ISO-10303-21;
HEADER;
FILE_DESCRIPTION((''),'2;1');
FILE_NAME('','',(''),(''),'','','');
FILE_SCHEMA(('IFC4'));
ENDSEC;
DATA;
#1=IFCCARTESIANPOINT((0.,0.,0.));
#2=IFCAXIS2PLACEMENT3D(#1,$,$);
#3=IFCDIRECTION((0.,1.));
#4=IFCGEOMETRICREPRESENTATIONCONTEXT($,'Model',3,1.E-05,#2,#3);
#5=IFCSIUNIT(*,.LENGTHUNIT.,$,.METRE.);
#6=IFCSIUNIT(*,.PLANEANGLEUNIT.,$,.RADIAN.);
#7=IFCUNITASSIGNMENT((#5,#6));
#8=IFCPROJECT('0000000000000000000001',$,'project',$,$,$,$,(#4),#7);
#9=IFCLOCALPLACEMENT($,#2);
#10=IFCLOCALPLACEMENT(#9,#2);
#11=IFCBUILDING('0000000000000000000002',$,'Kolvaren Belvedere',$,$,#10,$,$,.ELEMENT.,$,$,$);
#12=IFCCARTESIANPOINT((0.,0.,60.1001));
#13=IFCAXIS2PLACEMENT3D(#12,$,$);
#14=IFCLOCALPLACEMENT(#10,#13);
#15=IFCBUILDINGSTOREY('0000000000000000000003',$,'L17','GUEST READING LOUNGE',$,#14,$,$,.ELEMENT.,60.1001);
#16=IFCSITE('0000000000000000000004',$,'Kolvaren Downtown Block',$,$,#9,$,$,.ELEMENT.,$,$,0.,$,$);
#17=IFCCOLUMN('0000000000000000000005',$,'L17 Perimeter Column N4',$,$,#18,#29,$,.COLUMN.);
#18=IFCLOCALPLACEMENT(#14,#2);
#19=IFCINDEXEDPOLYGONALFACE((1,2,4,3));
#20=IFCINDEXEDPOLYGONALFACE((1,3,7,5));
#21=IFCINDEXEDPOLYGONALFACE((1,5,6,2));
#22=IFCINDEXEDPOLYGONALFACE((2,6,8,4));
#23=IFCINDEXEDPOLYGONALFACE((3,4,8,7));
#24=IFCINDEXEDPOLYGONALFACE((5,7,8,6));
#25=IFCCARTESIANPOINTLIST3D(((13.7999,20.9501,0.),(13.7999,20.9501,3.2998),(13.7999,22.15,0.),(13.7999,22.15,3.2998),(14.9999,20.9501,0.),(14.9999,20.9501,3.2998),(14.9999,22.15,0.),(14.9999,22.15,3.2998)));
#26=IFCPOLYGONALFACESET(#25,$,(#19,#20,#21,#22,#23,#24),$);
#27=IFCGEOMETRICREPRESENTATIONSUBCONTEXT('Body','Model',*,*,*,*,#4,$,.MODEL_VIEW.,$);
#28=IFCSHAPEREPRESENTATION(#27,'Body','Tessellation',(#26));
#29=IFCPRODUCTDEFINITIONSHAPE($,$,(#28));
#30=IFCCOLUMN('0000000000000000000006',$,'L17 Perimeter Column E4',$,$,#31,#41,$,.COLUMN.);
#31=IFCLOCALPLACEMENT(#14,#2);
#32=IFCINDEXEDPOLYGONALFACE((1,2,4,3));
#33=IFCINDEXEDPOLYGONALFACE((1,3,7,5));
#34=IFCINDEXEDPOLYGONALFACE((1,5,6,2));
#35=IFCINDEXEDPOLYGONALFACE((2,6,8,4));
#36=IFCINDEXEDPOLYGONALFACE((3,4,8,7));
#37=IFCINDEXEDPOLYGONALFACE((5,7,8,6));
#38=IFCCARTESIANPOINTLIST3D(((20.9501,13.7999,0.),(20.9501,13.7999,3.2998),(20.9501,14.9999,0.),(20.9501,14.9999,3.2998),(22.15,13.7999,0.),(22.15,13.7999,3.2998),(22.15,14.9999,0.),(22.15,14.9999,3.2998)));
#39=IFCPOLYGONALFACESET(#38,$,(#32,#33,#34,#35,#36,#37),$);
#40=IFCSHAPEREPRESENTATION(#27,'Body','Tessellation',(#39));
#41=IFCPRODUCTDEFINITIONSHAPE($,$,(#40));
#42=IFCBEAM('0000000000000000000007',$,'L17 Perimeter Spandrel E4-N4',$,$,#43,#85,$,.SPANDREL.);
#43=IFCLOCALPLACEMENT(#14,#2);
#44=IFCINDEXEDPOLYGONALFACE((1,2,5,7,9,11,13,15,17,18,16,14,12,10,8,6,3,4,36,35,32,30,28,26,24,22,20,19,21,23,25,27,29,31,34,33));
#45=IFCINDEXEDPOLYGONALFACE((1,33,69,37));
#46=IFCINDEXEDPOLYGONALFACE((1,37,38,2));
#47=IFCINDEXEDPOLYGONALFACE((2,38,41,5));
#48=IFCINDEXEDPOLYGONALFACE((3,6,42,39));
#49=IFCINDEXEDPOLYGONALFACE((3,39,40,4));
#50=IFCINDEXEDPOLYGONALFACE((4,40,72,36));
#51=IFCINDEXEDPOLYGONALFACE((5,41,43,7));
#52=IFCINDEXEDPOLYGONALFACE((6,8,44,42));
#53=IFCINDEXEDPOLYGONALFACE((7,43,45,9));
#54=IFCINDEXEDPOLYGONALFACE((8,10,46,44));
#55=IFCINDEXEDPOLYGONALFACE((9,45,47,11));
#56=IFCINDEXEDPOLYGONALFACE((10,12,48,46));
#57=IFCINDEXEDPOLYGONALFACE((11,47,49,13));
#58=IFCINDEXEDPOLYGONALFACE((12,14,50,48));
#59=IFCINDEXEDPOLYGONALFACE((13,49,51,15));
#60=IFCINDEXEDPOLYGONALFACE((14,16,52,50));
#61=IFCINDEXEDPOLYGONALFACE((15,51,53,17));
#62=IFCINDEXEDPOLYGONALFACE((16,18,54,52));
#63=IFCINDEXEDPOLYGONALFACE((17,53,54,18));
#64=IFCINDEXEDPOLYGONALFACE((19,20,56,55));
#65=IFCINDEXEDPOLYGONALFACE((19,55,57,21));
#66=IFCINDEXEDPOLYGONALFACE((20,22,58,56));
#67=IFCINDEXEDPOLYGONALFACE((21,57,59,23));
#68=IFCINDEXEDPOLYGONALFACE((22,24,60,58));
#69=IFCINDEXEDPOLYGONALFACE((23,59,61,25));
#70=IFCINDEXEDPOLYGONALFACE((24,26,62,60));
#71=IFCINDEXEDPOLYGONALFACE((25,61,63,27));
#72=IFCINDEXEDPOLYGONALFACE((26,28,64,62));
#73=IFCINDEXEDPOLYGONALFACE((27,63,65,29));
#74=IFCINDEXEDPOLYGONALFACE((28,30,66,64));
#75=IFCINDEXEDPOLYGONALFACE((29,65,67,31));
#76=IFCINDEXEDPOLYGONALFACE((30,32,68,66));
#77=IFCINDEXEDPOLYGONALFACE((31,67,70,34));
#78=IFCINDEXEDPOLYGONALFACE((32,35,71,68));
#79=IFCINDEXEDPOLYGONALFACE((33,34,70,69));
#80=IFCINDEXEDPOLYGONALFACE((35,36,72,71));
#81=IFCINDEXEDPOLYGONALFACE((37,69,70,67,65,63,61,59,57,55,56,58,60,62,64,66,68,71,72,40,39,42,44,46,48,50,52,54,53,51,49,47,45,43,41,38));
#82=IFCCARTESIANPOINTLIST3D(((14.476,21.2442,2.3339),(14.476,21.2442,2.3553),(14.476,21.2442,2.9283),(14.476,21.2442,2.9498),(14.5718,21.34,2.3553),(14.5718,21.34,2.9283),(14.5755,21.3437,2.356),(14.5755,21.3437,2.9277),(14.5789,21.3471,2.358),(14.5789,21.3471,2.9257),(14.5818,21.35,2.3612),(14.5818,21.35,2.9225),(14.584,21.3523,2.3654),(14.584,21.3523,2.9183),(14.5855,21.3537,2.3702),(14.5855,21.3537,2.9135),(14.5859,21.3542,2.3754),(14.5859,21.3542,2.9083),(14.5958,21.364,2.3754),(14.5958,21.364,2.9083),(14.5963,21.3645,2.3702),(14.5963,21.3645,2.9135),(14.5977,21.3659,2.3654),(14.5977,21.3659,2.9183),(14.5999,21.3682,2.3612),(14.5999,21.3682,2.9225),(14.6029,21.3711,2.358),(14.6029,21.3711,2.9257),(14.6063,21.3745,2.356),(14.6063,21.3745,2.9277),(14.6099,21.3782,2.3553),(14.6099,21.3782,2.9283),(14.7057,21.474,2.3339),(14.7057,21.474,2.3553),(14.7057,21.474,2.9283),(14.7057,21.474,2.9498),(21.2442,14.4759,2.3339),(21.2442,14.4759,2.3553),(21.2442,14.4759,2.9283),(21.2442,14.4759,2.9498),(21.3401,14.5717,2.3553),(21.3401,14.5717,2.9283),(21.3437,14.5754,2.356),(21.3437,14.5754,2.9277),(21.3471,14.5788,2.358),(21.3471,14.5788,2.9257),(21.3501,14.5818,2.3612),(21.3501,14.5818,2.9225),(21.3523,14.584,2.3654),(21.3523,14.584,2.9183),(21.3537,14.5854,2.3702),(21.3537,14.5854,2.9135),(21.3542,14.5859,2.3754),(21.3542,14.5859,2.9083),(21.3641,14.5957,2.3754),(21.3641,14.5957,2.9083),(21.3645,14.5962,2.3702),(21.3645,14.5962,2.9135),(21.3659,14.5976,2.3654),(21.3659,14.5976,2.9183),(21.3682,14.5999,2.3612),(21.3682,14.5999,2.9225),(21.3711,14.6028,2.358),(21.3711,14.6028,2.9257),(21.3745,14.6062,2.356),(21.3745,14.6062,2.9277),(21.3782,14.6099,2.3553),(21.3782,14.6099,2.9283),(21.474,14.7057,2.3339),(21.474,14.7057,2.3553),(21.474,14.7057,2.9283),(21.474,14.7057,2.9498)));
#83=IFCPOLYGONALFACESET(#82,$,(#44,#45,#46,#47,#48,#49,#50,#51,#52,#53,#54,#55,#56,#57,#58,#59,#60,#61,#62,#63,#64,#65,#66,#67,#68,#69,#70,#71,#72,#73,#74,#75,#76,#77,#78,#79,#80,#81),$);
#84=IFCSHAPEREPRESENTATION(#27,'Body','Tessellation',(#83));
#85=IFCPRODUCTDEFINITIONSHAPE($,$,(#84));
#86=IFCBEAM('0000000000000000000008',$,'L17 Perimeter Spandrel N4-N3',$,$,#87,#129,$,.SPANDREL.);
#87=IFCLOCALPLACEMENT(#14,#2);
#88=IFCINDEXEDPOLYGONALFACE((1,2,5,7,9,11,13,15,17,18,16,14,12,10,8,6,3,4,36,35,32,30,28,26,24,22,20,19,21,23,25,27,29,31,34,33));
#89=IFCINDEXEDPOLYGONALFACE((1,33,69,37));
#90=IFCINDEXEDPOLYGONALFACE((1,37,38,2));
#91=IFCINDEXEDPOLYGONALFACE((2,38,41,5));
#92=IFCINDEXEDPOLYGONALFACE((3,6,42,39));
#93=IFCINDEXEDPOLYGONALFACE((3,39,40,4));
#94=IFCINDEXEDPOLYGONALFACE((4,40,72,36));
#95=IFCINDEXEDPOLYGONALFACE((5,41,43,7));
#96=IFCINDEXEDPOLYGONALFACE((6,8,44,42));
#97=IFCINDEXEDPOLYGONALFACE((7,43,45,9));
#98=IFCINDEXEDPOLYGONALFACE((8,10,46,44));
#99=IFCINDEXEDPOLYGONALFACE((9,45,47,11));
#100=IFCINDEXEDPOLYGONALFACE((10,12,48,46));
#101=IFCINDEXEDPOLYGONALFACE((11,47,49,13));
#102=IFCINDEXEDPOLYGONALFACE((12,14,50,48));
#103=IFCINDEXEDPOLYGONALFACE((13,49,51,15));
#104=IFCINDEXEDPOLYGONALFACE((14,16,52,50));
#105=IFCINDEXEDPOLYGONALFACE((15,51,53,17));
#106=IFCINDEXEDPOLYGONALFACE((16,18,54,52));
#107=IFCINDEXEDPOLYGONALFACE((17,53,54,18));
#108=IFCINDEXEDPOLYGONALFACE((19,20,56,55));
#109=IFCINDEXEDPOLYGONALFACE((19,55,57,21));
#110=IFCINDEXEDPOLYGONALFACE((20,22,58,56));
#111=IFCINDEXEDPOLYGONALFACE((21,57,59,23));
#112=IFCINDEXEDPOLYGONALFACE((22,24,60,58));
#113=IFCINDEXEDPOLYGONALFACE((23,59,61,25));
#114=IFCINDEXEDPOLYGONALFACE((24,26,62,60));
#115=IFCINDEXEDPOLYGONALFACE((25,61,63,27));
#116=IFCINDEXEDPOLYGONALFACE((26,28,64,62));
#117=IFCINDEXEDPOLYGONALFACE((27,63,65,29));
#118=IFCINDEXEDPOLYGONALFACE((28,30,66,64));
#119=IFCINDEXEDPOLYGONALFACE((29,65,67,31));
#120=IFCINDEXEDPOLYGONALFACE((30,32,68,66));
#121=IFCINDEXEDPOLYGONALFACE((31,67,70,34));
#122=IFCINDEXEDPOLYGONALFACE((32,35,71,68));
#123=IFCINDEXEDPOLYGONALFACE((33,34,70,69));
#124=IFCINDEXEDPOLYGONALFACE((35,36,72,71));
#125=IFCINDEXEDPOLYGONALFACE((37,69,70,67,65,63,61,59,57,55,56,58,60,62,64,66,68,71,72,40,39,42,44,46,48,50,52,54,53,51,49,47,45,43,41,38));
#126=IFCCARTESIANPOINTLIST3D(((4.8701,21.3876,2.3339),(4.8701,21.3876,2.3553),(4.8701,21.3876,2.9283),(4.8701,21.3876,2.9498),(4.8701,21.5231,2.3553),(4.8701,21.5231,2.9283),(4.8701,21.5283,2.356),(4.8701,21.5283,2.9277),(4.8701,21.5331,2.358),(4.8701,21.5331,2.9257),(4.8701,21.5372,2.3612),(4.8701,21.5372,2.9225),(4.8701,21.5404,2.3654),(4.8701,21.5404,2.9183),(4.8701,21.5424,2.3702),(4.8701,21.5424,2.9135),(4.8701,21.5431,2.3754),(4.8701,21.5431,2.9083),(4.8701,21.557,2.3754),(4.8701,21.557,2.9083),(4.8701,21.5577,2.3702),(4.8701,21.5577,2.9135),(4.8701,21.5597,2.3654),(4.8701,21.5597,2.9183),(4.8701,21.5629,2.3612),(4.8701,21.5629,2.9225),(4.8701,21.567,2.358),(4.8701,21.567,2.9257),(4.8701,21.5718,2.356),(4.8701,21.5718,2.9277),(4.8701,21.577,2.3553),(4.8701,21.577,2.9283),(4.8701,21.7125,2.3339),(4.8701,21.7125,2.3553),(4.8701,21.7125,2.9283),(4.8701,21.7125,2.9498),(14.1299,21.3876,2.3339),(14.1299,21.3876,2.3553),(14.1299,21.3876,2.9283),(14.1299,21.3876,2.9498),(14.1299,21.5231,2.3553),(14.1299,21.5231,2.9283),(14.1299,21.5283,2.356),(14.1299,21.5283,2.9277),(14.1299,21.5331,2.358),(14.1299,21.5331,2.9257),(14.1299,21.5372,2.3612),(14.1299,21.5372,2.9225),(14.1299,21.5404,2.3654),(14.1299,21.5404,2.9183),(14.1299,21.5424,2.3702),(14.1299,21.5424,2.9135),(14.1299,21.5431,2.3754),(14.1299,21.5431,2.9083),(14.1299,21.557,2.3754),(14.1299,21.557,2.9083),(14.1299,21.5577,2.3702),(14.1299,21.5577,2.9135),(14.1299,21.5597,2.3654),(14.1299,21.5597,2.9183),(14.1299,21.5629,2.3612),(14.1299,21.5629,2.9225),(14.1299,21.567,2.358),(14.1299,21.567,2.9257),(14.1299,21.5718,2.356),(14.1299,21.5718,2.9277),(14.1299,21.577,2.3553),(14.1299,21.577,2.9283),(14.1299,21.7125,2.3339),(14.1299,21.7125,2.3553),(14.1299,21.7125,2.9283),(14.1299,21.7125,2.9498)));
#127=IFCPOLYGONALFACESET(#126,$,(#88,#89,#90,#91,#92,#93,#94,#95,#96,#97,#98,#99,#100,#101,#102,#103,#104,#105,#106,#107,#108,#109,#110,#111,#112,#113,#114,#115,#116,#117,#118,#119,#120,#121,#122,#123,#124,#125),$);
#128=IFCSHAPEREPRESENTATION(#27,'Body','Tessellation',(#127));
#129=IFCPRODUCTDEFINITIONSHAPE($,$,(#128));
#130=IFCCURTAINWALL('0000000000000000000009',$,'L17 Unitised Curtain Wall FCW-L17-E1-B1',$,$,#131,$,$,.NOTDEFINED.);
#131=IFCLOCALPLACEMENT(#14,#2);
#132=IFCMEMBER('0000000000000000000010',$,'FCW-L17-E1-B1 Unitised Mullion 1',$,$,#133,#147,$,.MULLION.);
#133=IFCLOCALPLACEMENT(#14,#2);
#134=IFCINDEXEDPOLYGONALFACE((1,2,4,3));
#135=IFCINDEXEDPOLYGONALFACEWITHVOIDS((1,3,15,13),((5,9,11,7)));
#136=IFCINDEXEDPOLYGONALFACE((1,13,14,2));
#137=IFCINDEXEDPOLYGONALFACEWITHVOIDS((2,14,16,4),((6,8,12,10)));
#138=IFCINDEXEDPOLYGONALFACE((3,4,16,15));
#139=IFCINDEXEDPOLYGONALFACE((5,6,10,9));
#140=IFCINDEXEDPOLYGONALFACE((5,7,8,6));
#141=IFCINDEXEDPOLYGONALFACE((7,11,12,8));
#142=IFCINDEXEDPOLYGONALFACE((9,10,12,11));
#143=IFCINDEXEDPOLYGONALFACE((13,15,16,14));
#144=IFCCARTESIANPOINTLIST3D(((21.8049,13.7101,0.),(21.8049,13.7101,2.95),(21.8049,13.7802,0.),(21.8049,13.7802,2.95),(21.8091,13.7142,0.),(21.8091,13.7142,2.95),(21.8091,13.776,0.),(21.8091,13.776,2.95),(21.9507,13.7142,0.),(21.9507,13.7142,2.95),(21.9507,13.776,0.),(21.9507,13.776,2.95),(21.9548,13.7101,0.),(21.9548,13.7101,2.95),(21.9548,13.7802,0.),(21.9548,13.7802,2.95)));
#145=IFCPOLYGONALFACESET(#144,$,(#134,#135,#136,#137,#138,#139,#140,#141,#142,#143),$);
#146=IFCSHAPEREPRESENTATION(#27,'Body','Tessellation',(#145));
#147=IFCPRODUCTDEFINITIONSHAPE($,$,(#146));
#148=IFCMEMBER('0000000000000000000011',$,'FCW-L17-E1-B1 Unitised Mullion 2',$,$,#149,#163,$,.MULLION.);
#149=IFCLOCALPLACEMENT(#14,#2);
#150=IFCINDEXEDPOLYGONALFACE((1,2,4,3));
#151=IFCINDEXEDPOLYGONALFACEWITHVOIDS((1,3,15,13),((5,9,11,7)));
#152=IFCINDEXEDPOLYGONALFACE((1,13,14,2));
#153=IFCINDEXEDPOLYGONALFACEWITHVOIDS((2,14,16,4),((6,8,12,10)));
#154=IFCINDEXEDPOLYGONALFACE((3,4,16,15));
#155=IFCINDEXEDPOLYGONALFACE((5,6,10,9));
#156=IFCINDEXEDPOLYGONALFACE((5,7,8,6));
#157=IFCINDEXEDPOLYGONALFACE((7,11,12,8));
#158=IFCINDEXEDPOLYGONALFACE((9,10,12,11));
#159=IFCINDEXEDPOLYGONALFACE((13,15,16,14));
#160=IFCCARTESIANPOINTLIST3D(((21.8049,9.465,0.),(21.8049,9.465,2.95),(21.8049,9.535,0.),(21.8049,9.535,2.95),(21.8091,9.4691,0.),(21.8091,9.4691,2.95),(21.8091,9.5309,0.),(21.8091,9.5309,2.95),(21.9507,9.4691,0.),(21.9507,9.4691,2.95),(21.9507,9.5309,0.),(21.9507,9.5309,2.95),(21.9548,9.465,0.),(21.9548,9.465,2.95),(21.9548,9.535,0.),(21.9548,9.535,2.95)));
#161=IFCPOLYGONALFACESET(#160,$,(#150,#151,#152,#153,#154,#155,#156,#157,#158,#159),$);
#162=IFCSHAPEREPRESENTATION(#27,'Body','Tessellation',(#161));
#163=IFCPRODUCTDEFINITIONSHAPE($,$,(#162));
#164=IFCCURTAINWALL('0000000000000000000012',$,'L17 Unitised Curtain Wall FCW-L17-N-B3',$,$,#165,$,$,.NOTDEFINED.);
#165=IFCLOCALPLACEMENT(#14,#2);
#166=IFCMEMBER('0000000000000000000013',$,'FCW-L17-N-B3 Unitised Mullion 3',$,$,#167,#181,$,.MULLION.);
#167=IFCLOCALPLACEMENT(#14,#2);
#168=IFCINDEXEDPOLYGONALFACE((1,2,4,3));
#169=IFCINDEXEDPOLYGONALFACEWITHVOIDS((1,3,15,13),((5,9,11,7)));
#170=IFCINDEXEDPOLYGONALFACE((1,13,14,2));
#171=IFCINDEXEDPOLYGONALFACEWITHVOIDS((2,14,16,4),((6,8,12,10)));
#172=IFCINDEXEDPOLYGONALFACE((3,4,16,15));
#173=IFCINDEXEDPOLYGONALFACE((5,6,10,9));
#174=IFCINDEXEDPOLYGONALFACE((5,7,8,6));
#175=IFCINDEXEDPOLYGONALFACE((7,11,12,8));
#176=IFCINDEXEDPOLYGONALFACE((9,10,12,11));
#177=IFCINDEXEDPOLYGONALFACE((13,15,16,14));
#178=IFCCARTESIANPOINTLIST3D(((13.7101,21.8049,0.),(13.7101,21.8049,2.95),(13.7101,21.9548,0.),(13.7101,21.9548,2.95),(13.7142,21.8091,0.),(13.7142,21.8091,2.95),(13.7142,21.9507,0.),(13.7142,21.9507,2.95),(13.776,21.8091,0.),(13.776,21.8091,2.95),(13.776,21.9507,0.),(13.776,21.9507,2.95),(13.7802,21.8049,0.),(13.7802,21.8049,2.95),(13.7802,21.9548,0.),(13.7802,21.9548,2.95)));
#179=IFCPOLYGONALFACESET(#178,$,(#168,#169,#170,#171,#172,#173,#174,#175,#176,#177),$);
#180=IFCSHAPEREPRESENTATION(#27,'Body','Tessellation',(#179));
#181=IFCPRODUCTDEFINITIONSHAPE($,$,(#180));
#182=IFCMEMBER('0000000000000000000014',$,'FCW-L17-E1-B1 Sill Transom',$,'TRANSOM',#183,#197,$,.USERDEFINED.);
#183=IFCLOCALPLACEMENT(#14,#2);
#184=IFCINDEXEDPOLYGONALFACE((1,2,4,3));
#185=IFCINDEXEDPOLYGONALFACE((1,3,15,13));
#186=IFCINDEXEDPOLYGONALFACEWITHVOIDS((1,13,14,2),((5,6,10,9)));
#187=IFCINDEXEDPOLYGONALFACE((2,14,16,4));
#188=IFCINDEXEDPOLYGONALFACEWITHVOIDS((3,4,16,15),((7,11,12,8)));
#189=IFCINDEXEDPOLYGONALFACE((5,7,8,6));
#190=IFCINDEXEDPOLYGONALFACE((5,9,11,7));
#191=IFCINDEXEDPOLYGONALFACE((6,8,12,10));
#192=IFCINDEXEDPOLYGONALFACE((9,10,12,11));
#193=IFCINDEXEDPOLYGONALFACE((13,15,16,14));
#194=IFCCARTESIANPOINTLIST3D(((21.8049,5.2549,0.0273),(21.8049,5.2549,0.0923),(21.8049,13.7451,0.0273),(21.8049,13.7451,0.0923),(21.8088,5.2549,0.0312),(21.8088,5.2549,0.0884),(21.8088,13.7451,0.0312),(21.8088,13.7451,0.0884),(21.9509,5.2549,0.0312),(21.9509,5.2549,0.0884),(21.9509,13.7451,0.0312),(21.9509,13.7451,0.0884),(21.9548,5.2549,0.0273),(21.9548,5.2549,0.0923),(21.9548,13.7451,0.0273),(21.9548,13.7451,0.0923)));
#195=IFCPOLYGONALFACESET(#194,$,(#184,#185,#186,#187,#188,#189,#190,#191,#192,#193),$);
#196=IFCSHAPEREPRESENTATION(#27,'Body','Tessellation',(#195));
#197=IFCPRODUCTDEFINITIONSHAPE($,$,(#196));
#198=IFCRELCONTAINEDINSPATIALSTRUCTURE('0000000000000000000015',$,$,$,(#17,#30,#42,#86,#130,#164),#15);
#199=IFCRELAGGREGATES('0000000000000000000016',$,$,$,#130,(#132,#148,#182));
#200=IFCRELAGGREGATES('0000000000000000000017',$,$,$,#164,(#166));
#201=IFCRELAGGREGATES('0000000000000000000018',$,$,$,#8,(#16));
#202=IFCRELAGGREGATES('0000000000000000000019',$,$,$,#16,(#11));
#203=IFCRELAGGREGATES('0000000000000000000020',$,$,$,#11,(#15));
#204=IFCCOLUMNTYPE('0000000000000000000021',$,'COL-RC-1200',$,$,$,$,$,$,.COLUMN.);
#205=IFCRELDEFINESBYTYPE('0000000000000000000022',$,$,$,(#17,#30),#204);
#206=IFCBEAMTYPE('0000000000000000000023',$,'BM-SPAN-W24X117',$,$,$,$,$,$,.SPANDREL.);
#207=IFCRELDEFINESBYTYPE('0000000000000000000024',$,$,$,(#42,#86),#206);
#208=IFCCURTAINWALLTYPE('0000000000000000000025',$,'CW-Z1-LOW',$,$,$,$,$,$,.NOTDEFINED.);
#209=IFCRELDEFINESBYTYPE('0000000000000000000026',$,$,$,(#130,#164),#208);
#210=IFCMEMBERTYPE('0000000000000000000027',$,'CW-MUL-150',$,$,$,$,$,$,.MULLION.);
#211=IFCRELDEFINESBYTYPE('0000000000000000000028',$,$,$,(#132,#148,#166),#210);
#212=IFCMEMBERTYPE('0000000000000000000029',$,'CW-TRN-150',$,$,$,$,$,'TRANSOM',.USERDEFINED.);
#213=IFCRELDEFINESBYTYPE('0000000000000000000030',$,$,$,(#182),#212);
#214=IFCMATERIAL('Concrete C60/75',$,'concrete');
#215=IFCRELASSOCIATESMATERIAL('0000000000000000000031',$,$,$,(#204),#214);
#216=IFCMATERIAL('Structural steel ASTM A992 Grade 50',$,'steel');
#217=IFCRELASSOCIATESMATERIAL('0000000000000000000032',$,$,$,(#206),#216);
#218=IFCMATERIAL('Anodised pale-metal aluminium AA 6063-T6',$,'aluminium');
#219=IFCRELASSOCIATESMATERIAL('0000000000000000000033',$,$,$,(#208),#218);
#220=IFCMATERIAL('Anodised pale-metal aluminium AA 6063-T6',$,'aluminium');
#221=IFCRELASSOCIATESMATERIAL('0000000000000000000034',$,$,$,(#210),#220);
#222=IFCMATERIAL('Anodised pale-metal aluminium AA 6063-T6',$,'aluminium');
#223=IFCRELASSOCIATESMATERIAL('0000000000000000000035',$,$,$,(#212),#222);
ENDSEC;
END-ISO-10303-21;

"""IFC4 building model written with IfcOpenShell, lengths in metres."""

from ifc_helpers import new_model, si_unit, direction, frame, origin, origin_2d, place, context, subcontext, project, spatial, rectangle, hollow_rectangle, i_section, extrude, material, material_profile, profile_set, type_object, element, aggregate, save


model = new_model("IFC4")

# Units and contexts
model_context = context("Model", 3, precision=1e-05, world=origin(), true_north=direction((0.0, 1.0)))
body_context = subcontext(model_context, "Body", "Model", "MODEL_VIEW")
ifc_project = project(units=[si_unit("LENGTHUNIT", "METRE"), si_unit("PLANEANGLEUNIT", "RADIAN")], contexts=[model_context])

# Site, building, storey
site_placement = place(None, origin())
site = spatial("IfcSite", under=ifc_project, at=site_placement, Name="Kolvaren Downtown Block", CompositionType="ELEMENT", RefElevation=0.0)
building_placement = place(site_placement, origin())
building = spatial("IfcBuilding", under=site, at=building_placement, Name="Kolvaren Belvedere", CompositionType="ELEMENT")
storey_placement = place(building_placement, frame((0.0, 0.0, 60.1001)))
storey = spatial("IfcBuildingStorey", under=building, at=storey_placement, Name="L17", Description="GUEST READING LOUNGE", CompositionType="ELEMENT", Elevation=60.1001)

# Columns
ifc_material_1 = material(Name="Concrete C60/75", Category="concrete")
ifc_material_profile_1 = material_profile(ifc_material_1, rectangle(XDim=1.2, YDim=1.2, at=origin_2d()), Name="RC 1200X1200")
ifc_profile_set_1 = profile_set([ifc_material_profile_1], Name="Concrete C60/75")
column_type = type_object("IfcColumnType", Name="COL-RC-1200", PredefinedType="COLUMN", material=ifc_profile_set_1)
for number, where, z_axis, x_axis, name in (
    (1, (14.3999, 21.55, 0.0), (0.0, 0.0, 1.0), (1.0, 0.0, 0.0), "L17 Perimeter Column N4"),
    (2, (21.55, 14.3999, 0.0), (0.0, 0.0, 1.0), (1.0, 0.0, 0.0), "L17 Perimeter Column E4"),
):
    element("IfcColumn", number, at=place(storey_placement, frame(where, z_axis=z_axis, x_axis=x_axis)), inside=storey, type_object=column_type, Name=name, PredefinedType="COLUMN", context=body_context, shape_type="SweptSolid", body=[
        extrude(rectangle(XDim=1.2, YDim=1.2, at=origin_2d()), origin(), (0.0, 0.0, 1.0), 3.2998),
    ])

# Beams
ifc_material_2 = material(Name="Structural steel ASTM A992 Grade 50", Category="steel")
ifc_material_profile_2 = material_profile(ifc_material_2, i_section(OverallWidth=0.325, OverallDepth=0.616, WebThickness=0.0139, FlangeThickness=0.0215, FilletRadius=0.02, at=origin_2d()), Name="W24X117")
ifc_profile_set_2 = profile_set([ifc_material_profile_2], Name="Structural steel ASTM A992 Grade 50")
beam_type = type_object("IfcBeamType", Name="BM-SPAN-W24X117", PredefinedType="SPANDREL", material=ifc_profile_set_2)
beam_1_placement = place(storey_placement, frame((21.3591, 14.5908, 2.6418), z_axis=(-0.707107, 0.707107, 0.0), x_axis=(-0.707107, -0.707107, 0.0)))
element("IfcBeam", 3, at=beam_1_placement, inside=storey, type_object=beam_type, Name="L17 Perimeter Spandrel E4-N4", PredefinedType="SPANDREL", context=body_context, shape_type="SweptSolid", body=[
    extrude(i_section(OverallWidth=0.325, OverallDepth=0.616, WebThickness=0.0139, FlangeThickness=0.0215, FilletRadius=0.02, at=origin_2d()), origin(), (0.0, 0.0, 1.0), 9.5718),
])
beam_2_placement = place(storey_placement, frame((14.1299, 21.55, 2.6418), z_axis=(-1.0, 0.0, 0.0), x_axis=(0.0, -1.0, 0.0)))
element("IfcBeam", 4, at=beam_2_placement, inside=storey, type_object=beam_type, Name="L17 Perimeter Spandrel N4-N3", PredefinedType="SPANDREL", context=body_context, shape_type="SweptSolid", body=[
    extrude(i_section(OverallWidth=0.325, OverallDepth=0.616, WebThickness=0.0139, FlangeThickness=0.0215, FilletRadius=0.02, at=origin_2d()), origin(), (0.0, 0.0, 1.0), 9.2598),
])

# Curtain wall, members
ifc_material_3 = material(Name="Anodised pale-metal aluminium AA 6063-T6", Category="aluminium")
curtain_wall_type = type_object("IfcCurtainWallType", Name="CW-Z1-LOW", PredefinedType="NOTDEFINED", material=ifc_material_3)
curtain_wall_1_placement = place(storey_placement, origin())
curtain_wall_1 = element("IfcCurtainWall", 5, at=curtain_wall_1_placement, inside=storey, type_object=curtain_wall_type, Name="L17 Unitised Curtain Wall FCW-L17-E1-B1", PredefinedType="NOTDEFINED")
ifc_material_4 = material(Name="Anodised pale-metal aluminium AA 6063-T6", Category="aluminium")
ifc_material_profile_3 = material_profile(ifc_material_4, hollow_rectangle(XDim=0.0701, YDim=0.1499, WallThickness=0.0042, at=origin_2d()), Name="ALU-MUL-150X70")
ifc_profile_set_3 = profile_set([ifc_material_profile_3], Name="Anodised pale-metal aluminium AA 6063-T6")
member_type_1 = type_object("IfcMemberType", Name="CW-MUL-150", PredefinedType="MULLION", material=ifc_profile_set_3)
member_1_placement = place(storey_placement, frame((21.8799, 13.7451, 0.0), z_axis=(0.0, 0.0, 1.0), x_axis=(0.0, 1.0, 0.0)))
member_1 = element("IfcMember", 6, at=member_1_placement, type_object=member_type_1, Name="FCW-L17-E1-B1 Unitised Mullion 1", PredefinedType="MULLION", context=body_context, shape_type="SweptSolid", body=[
    extrude(hollow_rectangle(XDim=0.0701, YDim=0.1499, WallThickness=0.0042, at=origin_2d()), origin(), (0.0, 0.0, 1.0), 2.95),
])
member_2_placement = place(storey_placement, frame((21.8799, 9.5, 0.0), z_axis=(0.0, 0.0, 1.0), x_axis=(0.0, 1.0, 0.0)))
member_2 = element("IfcMember", 7, at=member_2_placement, type_object=member_type_1, Name="FCW-L17-E1-B1 Unitised Mullion 2", PredefinedType="MULLION", context=body_context, shape_type="SweptSolid", body=[
    extrude(hollow_rectangle(XDim=0.0701, YDim=0.1499, WallThickness=0.0042, at=origin_2d()), origin(), (0.0, 0.0, 1.0), 2.95),
])

# Curtain wall, member
curtain_wall_2_placement = place(storey_placement, origin())
curtain_wall_2 = element("IfcCurtainWall", 8, at=curtain_wall_2_placement, inside=storey, type_object=curtain_wall_type, Name="L17 Unitised Curtain Wall FCW-L17-N-B3", PredefinedType="NOTDEFINED")
member_3_placement = place(storey_placement, frame((13.7451, 21.8799, 0.0), z_axis=(0.0, 0.0, 1.0), x_axis=(1.0, 0.0, 0.0)))
member_3 = element("IfcMember", 9, at=member_3_placement, type_object=member_type_1, Name="FCW-L17-N-B3 Unitised Mullion 3", PredefinedType="MULLION", context=body_context, shape_type="SweptSolid", body=[
    extrude(hollow_rectangle(XDim=0.0701, YDim=0.1499, WallThickness=0.0042, at=origin_2d()), origin(), (0.0, 0.0, 1.0), 2.95),
])

# Member
ifc_material_5 = material(Name="Anodised pale-metal aluminium AA 6063-T6", Category="aluminium")
ifc_material_profile_4 = material_profile(ifc_material_5, hollow_rectangle(XDim=0.0649, YDim=0.1499, WallThickness=0.0039, at=origin_2d()), Name="ALU-TRN-150X65")
ifc_profile_set_4 = profile_set([ifc_material_profile_4], Name="Anodised pale-metal aluminium AA 6063-T6")
member_type_2 = type_object("IfcMemberType", Name="CW-TRN-150", ElementType="TRANSOM", PredefinedType="USERDEFINED", material=ifc_profile_set_4)
member_4_placement = place(storey_placement, frame((21.8799, 13.7451, 0.0598), z_axis=(0.0, -1.0, 0.0), x_axis=(0.0, 0.0, 1.0)))
member_4 = element("IfcMember", 10, at=member_4_placement, type_object=member_type_2, Name="FCW-L17-E1-B1 Sill Transom", ObjectType="TRANSOM", PredefinedType="USERDEFINED", context=body_context, shape_type="SweptSolid", body=[
    extrude(hollow_rectangle(XDim=0.0649, YDim=0.1499, WallThickness=0.0039, at=origin_2d()), origin(), (0.0, 0.0, 1.0), 8.4902),
])

aggregate(curtain_wall_1, [member_1, member_2, member_4])
aggregate(curtain_wall_2, [member_3])

save(model, "model.ifc")
